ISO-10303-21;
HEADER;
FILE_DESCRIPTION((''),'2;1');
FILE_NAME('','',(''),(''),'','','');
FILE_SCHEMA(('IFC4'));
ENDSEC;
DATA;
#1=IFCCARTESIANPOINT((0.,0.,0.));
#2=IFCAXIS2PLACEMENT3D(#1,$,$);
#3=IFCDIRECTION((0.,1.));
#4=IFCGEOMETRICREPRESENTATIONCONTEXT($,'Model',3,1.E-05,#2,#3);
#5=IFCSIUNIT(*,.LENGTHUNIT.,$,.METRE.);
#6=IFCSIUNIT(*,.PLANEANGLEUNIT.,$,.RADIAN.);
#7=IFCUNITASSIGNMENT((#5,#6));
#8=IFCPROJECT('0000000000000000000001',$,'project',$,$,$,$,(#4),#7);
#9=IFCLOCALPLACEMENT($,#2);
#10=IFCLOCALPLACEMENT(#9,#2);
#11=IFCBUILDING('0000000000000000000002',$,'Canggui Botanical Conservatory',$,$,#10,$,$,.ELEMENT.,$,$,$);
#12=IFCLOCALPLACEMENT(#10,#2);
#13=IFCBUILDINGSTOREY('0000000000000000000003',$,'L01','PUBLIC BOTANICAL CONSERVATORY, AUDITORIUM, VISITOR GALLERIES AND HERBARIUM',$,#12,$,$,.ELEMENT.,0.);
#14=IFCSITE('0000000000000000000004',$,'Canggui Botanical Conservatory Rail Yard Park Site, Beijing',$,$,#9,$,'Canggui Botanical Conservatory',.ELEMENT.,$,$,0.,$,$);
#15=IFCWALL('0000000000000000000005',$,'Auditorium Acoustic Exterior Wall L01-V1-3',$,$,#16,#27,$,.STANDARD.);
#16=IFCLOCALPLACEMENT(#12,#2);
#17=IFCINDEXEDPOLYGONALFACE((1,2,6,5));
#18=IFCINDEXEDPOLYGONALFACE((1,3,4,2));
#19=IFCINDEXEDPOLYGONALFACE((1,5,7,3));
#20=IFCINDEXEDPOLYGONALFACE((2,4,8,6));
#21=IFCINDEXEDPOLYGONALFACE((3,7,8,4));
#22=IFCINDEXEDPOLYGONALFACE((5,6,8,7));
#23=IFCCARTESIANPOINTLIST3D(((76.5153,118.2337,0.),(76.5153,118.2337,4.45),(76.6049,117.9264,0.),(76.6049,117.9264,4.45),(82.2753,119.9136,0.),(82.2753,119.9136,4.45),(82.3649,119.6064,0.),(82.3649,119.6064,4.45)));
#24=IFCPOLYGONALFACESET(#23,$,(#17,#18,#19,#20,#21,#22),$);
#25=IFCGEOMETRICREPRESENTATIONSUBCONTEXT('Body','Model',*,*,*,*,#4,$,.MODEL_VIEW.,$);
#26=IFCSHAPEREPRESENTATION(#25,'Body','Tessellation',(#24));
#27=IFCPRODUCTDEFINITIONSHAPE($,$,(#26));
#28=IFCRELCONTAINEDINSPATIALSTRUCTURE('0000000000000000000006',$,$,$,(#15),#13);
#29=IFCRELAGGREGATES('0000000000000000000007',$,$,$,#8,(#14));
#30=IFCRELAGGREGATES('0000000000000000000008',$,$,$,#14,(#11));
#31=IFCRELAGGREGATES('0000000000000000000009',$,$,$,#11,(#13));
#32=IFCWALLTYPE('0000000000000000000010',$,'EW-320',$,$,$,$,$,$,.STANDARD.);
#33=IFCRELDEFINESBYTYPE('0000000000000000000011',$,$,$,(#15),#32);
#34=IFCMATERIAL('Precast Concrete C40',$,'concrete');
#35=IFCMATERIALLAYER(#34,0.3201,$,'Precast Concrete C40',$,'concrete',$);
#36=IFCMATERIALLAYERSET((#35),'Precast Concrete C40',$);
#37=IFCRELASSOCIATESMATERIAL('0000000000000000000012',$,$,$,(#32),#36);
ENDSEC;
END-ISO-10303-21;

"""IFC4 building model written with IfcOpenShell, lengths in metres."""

from ifc_helpers import new_model, si_unit, direction, frame, frame_2d, origin, place, context, subcontext, project, spatial, rectangle, extrude, material, layer, layer_set, type_object, element, save


model = new_model("IFC4")

# Units and contexts
model_context = context("Model", 3, precision=1e-05, world=origin(), true_north=direction((0.0, 1.0)))
body_context = subcontext(model_context, "Body", "Model", "MODEL_VIEW")
ifc_project = project(units=[si_unit("LENGTHUNIT", "METRE"), si_unit("PLANEANGLEUNIT", "RADIAN")], contexts=[model_context])

# Site, building, storey
site_placement = place(None, origin())
site = spatial("IfcSite", under=ifc_project, at=site_placement, Name="Canggui Botanical Conservatory Rail Yard Park Site, Beijing", LongName="Canggui Botanical Conservatory", CompositionType="ELEMENT", RefElevation=0.0)
building_placement = place(site_placement, origin())
building = spatial("IfcBuilding", under=site, at=building_placement, Name="Canggui Botanical Conservatory", CompositionType="ELEMENT")
storey_placement = place(building_placement, origin())
storey = spatial("IfcBuildingStorey", under=building, at=storey_placement, Name="L01", Description="PUBLIC BOTANICAL CONSERVATORY, AUDITORIUM, VISITOR GALLERIES AND HERBARIUM", CompositionType="ELEMENT", Elevation=0.0)

# Shared definitions
ifc_material_1 = material(Name="Precast Concrete C40", Category="concrete")
ifc_layer = layer(ifc_material_1, 0.3201, Name="Precast Concrete C40", Category="concrete")
ifc_layer_set = layer_set([ifc_layer], Name="Precast Concrete C40")
wall_type = type_object("IfcWallType", Name="EW-320", PredefinedType="STANDARD", material=ifc_layer_set)

# Wall
wall_1_placement = place(storey_placement, frame((76.5601, 118.0801, 0.0), z_axis=(0.0, 0.0, 1.0), x_axis=(0.960003, 0.279989, 0.0)))
element("IfcWall", 1, at=wall_1_placement, inside=storey, type_object=wall_type, Name="Auditorium Acoustic Exterior Wall L01-V1-3", PredefinedType="STANDARD", context=body_context, shape_type="SweptSolid", body=[
    extrude(rectangle(XDim=6.0, YDim=0.3201, at=frame_2d((3.0, 0.0))), origin(), (0.0, 0.0, 1.0), 4.45),
])

save(model, "model.ifc")
